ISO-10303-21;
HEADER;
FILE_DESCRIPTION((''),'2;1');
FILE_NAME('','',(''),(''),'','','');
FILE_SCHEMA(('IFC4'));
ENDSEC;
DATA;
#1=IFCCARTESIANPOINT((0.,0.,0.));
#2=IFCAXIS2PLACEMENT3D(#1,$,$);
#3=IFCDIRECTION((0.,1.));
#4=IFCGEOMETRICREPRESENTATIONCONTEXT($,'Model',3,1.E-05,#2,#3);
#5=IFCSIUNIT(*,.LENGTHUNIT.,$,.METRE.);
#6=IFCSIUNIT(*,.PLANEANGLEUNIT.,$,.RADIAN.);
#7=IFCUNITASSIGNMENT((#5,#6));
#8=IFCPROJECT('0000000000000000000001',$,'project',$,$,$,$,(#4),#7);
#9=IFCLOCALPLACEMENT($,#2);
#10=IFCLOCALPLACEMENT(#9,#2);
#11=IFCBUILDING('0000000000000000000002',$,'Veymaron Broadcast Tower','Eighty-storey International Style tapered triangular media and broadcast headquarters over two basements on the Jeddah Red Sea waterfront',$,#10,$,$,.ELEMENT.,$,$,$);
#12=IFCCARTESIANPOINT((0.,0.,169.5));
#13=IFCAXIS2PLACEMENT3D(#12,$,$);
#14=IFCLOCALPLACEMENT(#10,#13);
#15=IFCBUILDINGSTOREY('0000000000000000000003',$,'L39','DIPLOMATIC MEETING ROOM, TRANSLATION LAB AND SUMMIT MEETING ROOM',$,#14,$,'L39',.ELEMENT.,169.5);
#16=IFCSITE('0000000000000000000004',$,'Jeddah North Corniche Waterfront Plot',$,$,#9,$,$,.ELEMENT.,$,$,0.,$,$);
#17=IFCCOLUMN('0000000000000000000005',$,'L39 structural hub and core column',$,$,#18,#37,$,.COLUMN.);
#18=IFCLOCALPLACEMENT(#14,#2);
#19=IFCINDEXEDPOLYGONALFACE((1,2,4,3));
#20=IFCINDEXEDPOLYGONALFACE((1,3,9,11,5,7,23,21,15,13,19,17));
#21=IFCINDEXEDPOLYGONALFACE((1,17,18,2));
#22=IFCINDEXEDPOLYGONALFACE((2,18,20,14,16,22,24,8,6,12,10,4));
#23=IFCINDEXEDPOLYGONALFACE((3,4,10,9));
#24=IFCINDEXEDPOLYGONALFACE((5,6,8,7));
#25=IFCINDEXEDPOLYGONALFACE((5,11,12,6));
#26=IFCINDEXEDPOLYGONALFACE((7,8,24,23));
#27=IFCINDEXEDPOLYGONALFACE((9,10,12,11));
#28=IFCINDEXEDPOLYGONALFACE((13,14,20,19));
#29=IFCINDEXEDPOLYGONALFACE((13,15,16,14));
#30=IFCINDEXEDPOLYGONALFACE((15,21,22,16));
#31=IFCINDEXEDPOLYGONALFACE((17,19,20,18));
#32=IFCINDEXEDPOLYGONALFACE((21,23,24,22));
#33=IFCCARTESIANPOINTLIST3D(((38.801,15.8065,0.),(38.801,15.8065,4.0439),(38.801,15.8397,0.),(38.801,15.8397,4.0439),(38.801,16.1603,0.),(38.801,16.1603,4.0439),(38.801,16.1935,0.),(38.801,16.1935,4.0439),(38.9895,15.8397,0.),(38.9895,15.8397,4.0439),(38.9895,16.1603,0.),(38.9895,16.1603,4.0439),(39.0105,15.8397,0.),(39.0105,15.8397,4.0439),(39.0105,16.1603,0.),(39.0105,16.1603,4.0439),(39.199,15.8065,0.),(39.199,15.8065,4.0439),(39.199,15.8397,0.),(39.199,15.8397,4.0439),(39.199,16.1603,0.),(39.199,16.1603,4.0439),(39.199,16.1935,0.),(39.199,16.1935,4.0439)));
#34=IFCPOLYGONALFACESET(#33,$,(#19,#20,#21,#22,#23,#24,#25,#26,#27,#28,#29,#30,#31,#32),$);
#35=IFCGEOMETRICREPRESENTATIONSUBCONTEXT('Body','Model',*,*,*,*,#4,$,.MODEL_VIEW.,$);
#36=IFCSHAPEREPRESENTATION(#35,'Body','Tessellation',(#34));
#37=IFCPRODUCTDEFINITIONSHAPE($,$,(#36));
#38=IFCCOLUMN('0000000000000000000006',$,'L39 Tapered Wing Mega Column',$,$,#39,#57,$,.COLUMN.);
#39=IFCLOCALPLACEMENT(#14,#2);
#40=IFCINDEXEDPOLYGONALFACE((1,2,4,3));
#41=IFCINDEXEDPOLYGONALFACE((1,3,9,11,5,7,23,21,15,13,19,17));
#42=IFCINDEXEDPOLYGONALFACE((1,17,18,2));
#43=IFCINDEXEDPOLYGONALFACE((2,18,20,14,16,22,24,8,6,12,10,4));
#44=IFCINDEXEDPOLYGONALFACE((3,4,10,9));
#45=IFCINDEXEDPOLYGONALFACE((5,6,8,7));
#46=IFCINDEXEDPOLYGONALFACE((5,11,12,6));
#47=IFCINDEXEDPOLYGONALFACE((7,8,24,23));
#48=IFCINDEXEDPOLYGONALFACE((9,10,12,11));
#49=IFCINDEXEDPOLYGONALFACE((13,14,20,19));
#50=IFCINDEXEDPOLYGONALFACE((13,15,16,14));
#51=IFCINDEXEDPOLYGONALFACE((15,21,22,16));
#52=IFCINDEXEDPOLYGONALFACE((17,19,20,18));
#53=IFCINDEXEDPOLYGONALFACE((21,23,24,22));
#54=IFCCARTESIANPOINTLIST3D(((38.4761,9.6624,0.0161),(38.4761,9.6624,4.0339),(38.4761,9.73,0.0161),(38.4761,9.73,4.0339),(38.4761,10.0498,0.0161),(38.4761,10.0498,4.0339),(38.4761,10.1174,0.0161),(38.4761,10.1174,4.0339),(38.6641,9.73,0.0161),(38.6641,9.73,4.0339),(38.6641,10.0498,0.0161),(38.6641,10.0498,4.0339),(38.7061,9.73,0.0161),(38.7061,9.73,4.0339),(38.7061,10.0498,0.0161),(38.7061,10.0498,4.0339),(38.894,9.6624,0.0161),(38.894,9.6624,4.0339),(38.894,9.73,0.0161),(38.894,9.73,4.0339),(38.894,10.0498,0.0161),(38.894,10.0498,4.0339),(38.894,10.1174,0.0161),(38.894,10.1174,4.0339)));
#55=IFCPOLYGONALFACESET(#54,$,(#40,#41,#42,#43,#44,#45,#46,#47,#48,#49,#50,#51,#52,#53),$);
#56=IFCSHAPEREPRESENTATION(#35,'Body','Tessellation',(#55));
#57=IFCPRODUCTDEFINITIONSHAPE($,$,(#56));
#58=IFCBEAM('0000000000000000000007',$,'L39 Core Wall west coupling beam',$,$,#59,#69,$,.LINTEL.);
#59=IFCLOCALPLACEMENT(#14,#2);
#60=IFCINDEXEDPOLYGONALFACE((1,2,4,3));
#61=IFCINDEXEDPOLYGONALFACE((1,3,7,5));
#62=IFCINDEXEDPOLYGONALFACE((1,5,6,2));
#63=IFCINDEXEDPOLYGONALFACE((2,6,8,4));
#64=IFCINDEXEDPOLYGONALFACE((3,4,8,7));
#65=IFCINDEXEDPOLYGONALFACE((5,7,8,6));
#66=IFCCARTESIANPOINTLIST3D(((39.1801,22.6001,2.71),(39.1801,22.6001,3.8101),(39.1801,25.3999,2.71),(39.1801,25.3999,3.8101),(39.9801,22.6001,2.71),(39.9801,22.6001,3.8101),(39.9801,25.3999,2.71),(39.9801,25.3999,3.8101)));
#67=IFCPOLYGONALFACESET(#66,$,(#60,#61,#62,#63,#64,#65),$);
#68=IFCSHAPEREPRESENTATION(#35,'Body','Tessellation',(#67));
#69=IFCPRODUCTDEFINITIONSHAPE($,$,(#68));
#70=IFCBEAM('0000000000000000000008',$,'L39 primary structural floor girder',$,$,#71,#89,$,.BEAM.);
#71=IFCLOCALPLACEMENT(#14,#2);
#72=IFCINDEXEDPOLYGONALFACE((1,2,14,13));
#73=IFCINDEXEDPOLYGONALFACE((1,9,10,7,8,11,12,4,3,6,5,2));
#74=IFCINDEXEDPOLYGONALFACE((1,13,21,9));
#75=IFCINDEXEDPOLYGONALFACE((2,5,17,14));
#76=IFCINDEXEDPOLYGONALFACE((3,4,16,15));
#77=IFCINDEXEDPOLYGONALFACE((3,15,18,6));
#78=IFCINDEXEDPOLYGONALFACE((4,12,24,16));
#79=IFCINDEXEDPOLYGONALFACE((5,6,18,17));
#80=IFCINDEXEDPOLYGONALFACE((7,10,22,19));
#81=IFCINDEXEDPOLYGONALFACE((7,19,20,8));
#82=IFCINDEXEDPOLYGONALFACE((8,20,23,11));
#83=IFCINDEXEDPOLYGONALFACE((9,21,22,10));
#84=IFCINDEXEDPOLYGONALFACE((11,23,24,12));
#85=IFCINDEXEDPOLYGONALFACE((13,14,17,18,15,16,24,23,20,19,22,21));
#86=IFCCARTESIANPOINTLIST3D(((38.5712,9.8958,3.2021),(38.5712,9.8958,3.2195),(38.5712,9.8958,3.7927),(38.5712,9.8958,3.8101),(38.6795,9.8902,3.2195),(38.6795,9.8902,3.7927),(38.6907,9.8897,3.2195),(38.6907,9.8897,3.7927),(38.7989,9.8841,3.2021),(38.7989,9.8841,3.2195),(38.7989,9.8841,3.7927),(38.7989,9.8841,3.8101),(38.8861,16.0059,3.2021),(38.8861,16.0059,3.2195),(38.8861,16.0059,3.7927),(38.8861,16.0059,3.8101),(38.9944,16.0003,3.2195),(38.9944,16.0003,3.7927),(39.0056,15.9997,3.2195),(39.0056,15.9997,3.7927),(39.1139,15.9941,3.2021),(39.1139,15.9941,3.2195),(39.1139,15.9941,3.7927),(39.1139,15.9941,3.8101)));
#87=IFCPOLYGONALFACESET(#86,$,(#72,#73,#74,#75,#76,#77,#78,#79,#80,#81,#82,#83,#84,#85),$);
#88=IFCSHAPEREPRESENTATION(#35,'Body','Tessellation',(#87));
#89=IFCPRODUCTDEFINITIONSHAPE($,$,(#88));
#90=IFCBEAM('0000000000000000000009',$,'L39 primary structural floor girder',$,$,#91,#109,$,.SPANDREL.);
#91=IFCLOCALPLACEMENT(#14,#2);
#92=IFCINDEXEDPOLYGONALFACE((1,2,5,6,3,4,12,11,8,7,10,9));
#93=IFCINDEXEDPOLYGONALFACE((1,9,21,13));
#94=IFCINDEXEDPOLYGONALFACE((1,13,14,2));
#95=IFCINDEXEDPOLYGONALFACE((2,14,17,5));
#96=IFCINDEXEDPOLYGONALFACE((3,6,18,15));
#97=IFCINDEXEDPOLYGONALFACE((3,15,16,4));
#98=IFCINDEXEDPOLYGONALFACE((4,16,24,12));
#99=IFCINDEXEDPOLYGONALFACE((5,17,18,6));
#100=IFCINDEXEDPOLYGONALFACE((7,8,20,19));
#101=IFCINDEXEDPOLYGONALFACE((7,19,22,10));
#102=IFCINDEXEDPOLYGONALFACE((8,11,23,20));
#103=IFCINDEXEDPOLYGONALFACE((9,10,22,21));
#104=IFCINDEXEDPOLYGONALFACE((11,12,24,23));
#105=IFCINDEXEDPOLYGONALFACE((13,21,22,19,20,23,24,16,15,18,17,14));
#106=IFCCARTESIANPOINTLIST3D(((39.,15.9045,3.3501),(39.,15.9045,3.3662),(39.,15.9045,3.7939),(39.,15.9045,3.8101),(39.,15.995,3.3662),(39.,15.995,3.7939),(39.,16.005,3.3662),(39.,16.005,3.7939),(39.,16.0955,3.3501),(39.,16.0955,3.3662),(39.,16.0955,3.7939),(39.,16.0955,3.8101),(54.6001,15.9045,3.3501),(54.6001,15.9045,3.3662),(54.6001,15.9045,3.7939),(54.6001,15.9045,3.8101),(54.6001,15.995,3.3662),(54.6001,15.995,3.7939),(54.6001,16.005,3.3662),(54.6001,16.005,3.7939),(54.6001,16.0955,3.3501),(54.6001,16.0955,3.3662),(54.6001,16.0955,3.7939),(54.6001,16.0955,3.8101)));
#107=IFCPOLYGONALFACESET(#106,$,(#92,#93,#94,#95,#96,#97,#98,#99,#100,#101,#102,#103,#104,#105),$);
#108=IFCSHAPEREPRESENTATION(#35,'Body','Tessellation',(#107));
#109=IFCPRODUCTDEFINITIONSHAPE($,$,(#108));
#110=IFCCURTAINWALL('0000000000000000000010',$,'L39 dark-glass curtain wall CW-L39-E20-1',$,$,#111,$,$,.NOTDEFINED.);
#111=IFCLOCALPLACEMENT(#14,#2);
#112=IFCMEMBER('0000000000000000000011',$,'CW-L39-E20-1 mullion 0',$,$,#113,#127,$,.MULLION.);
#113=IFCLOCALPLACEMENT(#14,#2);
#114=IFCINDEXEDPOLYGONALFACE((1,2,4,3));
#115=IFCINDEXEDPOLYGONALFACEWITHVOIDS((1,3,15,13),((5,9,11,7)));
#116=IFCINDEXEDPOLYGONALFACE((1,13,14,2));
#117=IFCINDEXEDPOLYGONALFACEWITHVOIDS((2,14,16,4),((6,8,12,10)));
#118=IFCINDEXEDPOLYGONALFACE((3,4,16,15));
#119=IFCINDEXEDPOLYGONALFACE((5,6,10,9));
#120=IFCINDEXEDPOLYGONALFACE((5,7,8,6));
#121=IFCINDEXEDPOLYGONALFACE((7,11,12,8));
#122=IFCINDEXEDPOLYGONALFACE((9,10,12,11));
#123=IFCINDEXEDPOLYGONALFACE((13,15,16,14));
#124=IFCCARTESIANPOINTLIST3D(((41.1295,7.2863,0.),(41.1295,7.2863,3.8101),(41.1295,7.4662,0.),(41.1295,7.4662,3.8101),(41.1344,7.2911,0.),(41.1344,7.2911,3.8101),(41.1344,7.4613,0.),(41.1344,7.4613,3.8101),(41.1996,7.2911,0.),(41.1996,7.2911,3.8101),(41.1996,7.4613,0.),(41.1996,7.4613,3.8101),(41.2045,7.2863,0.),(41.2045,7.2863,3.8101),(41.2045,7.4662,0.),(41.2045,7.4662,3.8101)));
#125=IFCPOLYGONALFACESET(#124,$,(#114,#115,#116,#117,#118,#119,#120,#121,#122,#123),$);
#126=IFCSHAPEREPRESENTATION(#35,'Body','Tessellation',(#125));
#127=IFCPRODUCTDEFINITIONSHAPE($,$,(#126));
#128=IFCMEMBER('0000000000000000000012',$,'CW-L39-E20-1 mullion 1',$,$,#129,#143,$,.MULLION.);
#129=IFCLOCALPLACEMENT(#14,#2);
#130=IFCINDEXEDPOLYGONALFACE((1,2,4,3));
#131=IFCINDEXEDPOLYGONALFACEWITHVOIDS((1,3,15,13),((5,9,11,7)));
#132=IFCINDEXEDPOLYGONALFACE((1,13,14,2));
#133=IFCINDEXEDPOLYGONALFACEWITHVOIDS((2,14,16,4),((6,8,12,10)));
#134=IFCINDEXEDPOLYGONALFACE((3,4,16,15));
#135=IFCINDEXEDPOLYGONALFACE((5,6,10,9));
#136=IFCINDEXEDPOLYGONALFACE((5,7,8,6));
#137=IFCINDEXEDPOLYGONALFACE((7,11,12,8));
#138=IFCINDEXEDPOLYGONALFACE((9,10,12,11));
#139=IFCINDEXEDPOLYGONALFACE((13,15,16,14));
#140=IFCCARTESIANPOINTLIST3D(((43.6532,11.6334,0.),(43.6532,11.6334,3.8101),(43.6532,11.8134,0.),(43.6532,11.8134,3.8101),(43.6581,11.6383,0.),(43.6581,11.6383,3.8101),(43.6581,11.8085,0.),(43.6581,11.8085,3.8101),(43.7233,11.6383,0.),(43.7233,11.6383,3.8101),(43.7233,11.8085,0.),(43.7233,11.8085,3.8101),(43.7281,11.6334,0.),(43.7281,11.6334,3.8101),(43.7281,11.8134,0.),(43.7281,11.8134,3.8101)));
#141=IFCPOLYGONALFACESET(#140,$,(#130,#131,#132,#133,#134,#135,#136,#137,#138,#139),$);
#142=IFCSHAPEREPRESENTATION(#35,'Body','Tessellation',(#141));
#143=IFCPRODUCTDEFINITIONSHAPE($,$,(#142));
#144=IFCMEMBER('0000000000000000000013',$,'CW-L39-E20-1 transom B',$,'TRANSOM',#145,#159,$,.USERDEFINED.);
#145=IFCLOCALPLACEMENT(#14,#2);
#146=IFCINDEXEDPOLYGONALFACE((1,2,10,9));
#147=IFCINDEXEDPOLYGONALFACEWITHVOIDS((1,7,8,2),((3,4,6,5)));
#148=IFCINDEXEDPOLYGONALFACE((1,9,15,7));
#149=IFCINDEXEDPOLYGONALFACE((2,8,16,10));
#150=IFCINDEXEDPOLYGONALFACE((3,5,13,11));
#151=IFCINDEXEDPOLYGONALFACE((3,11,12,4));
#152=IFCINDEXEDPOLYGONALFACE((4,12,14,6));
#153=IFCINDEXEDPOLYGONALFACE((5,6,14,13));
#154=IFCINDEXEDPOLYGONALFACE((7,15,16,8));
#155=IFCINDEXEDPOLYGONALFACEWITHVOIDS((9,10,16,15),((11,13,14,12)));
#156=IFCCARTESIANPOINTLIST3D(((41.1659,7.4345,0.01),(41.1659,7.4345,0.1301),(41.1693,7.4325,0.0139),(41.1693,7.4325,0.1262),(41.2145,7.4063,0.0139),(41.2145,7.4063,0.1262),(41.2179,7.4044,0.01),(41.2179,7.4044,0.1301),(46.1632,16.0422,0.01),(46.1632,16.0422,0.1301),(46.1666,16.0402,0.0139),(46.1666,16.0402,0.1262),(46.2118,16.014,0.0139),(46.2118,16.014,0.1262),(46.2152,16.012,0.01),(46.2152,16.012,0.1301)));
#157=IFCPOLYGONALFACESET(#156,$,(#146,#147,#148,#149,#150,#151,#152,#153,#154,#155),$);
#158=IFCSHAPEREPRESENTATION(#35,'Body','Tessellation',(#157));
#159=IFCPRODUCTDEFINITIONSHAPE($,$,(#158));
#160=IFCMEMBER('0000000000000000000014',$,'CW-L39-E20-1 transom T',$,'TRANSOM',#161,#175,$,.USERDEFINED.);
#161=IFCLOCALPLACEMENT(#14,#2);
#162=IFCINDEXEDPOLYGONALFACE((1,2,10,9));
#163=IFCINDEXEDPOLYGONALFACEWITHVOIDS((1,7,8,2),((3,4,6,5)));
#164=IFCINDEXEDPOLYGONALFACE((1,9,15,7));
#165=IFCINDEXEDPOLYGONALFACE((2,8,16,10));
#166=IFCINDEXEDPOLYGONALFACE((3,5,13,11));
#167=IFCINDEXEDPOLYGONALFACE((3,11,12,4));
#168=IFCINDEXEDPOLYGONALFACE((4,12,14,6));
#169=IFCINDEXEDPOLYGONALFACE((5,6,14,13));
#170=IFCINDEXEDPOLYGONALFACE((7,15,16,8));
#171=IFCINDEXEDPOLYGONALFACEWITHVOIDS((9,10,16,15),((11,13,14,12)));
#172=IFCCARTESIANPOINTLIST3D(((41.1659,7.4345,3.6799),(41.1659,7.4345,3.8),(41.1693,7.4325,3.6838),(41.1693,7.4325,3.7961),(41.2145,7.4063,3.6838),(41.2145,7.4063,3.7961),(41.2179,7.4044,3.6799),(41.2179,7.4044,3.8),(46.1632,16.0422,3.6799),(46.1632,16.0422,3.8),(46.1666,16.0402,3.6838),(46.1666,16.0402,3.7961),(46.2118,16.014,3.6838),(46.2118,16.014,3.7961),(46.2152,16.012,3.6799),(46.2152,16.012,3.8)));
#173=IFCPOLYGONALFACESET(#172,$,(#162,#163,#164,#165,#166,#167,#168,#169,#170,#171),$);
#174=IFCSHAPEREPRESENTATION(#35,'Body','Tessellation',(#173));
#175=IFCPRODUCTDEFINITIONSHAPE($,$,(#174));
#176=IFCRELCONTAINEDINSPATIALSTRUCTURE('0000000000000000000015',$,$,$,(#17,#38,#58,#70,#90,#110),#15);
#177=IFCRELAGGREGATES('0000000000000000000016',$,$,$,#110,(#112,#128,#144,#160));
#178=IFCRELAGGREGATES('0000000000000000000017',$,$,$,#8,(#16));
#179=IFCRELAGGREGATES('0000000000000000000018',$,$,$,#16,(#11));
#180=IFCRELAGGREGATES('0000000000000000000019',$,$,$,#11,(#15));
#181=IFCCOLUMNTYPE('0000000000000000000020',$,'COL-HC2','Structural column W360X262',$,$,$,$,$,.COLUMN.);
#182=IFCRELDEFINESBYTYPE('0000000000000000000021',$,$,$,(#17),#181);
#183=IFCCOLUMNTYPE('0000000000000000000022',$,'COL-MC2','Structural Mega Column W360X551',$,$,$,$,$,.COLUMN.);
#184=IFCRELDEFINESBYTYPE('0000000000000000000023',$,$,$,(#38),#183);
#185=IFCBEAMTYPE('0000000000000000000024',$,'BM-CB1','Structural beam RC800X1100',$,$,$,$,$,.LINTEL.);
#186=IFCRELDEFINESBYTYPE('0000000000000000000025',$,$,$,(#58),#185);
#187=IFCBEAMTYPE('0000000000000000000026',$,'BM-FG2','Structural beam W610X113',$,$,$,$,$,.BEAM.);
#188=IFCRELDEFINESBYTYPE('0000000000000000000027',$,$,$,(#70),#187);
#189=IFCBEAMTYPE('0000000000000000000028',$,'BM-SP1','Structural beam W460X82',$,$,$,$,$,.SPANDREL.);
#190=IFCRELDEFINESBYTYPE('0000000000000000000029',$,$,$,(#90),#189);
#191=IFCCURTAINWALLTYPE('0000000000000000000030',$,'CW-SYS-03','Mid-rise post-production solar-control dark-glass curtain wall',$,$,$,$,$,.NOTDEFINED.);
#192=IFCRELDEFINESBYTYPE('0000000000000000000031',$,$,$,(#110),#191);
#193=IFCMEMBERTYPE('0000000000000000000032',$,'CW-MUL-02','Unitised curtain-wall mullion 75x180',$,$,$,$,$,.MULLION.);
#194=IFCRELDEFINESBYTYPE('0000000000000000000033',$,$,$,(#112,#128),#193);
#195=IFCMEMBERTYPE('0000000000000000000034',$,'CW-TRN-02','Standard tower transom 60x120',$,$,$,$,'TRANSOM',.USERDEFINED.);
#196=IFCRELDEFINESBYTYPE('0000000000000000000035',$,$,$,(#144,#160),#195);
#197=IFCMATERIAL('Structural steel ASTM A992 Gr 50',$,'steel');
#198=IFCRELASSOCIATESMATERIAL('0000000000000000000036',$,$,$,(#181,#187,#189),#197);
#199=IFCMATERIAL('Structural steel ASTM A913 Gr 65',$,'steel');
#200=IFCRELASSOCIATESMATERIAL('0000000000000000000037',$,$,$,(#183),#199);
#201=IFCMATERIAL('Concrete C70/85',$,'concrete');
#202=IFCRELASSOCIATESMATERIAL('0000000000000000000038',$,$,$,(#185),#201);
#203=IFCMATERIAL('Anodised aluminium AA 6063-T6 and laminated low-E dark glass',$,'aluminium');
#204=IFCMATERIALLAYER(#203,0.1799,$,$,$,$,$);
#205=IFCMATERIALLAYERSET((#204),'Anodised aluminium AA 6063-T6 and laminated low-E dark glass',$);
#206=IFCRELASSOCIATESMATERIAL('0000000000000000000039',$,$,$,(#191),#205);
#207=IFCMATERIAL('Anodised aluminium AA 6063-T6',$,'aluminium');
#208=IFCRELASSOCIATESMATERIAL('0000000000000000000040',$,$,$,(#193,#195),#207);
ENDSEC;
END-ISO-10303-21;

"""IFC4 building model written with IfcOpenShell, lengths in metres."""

from ifc_helpers import new_model, si_unit, direction, frame, origin, origin_2d, place, context, subcontext, project, spatial, rectangle, hollow_rectangle, i_section, extrude, material, layer, layer_set, material_profile, profile_set, type_object, element, aggregate, save


model = new_model("IFC4")

# Units and contexts
model_context = context("Model", 3, precision=1e-05, world=origin(), true_north=direction((0.0, 1.0)))
body_context = subcontext(model_context, "Body", "Model", "MODEL_VIEW")
ifc_project = project(units=[si_unit("LENGTHUNIT", "METRE"), si_unit("PLANEANGLEUNIT", "RADIAN")], contexts=[model_context])

# Site, building, storey
site_placement = place(None, origin())
site = spatial("IfcSite", under=ifc_project, at=site_placement, Name="Jeddah North Corniche Waterfront Plot", CompositionType="ELEMENT", RefElevation=0.0)
building_placement = place(site_placement, origin())
building = spatial("IfcBuilding", under=site, at=building_placement, Name="Veymaron Broadcast Tower", Description="Eighty-storey International Style tapered triangular media and broadcast headquarters over two basements on the Jeddah Red Sea waterfront", CompositionType="ELEMENT")
storey_placement = place(building_placement, frame((0.0, 0.0, 169.5)))
storey = spatial("IfcBuildingStorey", under=building, at=storey_placement, Name="L39", Description="DIPLOMATIC MEETING ROOM, TRANSLATION LAB AND SUMMIT MEETING ROOM", LongName="L39", CompositionType="ELEMENT", Elevation=169.5)

# Columns
ifc_material_1 = material(Name="Structural steel ASTM A992 Gr 50", Category="steel")
ifc_material_profile_1 = material_profile(ifc_material_1, i_section(OverallWidth=0.3979, OverallDepth=0.387, WebThickness=0.021, FlangeThickness=0.0332, at=origin_2d()), Name="W360X262")
ifc_profile_set_1 = profile_set([ifc_material_profile_1], Name="Structural steel ASTM A992 Gr 50")
column_type_1 = type_object("IfcColumnType", Name="COL-HC2", Description="Structural column W360X262", PredefinedType="COLUMN", material=ifc_profile_set_1)
column_1_placement = place(storey_placement, frame((39.0, 16.0, 0.0), z_axis=(0.0, 0.0, 1.0), x_axis=(1.0, 0.0, 0.0)))
element("IfcColumn", 1, at=column_1_placement, inside=storey, type_object=column_type_1, Name="L39 structural hub and core column", PredefinedType="COLUMN", context=body_context, shape_type="SweptSolid", body=[
    extrude(i_section(OverallWidth=0.3979, OverallDepth=0.387, WebThickness=0.021, FlangeThickness=0.0332, at=origin_2d()), origin(), (0.0, 0.0, 1.0), 4.0439),
])
ifc_material_2 = material(Name="Structural steel ASTM A913 Gr 65", Category="steel")
ifc_material_profile_2 = material_profile(ifc_material_2, i_section(OverallWidth=0.418, OverallDepth=0.4551, WebThickness=0.042, FlangeThickness=0.0676, at=origin_2d()), Name="W360X551")
ifc_profile_set_2 = profile_set([ifc_material_profile_2], Name="Structural steel ASTM A913 Gr 65")
column_type_2 = type_object("IfcColumnType", Name="COL-MC2", Description="Structural Mega Column W360X551", PredefinedType="COLUMN", material=ifc_profile_set_2)
column_2_placement = place(storey_placement, frame((38.6851, 9.8899, 0.0161), z_axis=(0.0, 0.0, 1.0), x_axis=(1.0, 0.0, 0.0)))
element("IfcColumn", 2, at=column_2_placement, inside=storey, type_object=column_type_2, Name="L39 Tapered Wing Mega Column", PredefinedType="COLUMN", context=body_context, shape_type="SweptSolid", body=[
    extrude(i_section(OverallWidth=0.418, OverallDepth=0.4551, WebThickness=0.042, FlangeThickness=0.0676, at=origin_2d()), origin(), (0.0, 0.0, 1.0), 4.0178),
])

# Beams
ifc_material_3 = material(Name="Concrete C70/85", Category="concrete")
ifc_material_profile_3 = material_profile(ifc_material_3, rectangle(XDim=0.8, YDim=1.1001, at=origin_2d()), Name="RC800X1100")
ifc_profile_set_3 = profile_set([ifc_material_profile_3], Name="Concrete C70/85")
beam_type_1 = type_object("IfcBeamType", Name="BM-CB1", Description="Structural beam RC800X1100", PredefinedType="LINTEL", material=ifc_profile_set_3)
beam_1_placement = place(storey_placement, frame((39.5801, 22.6001, 3.26), z_axis=(0.0, 1.0, 0.0), x_axis=(-1.0, 0.0, 0.0)))
element("IfcBeam", 3, at=beam_1_placement, inside=storey, type_object=beam_type_1, Name="L39 Core Wall west coupling beam", PredefinedType="LINTEL", context=body_context, shape_type="SweptSolid", body=[
    extrude(rectangle(XDim=0.8, YDim=1.1001, at=origin_2d()), origin(), (0.0, 0.0, 1.0), 2.7998),
])
ifc_material_profile_4 = material_profile(ifc_material_1, i_section(OverallWidth=0.228, OverallDepth=0.6079, WebThickness=0.0112, FlangeThickness=0.0173, at=origin_2d()), Name="W610X113")
ifc_profile_set_4 = profile_set([ifc_material_profile_4], Name="Structural steel ASTM A992 Gr 50")
beam_type_2 = type_object("IfcBeamType", Name="BM-FG2", Description="Structural beam W610X113", PredefinedType="BEAM", material=ifc_profile_set_4)
beam_2_placement = place(storey_placement, frame((39.0, 16.0, 3.5061), z_axis=(-0.051476, -0.998674, 0.0), x_axis=(0.998674, -0.051476, 0.0)))
element("IfcBeam", 4, at=beam_2_placement, inside=storey, type_object=beam_type_2, Name="L39 primary structural floor girder", PredefinedType="BEAM", context=body_context, shape_type="SweptSolid", body=[
    extrude(i_section(OverallWidth=0.228, OverallDepth=0.6079, WebThickness=0.0112, FlangeThickness=0.0173, at=origin_2d()), origin(), (0.0, 0.0, 1.0), 6.1182),
])
ifc_material_profile_5 = material_profile(ifc_material_1, i_section(OverallWidth=0.1909, OverallDepth=0.46, WebThickness=0.01, FlangeThickness=0.0161, at=origin_2d()), Name="W460X82")
ifc_profile_set_5 = profile_set([ifc_material_profile_5], Name="Structural steel ASTM A992 Gr 50")
beam_type_3 = type_object("IfcBeamType", Name="BM-SP1", Description="Structural beam W460X82", PredefinedType="SPANDREL", material=ifc_profile_set_5)
beam_3_placement = place(storey_placement, frame((39.0, 16.0, 3.5801), z_axis=(1.0, 0.0, 0.0), x_axis=(0.0, 1.0, 0.0)))
element("IfcBeam", 5, at=beam_3_placement, inside=storey, type_object=beam_type_3, Name="L39 primary structural floor girder", PredefinedType="SPANDREL", context=body_context, shape_type="SweptSolid", body=[
    extrude(i_section(OverallWidth=0.1909, OverallDepth=0.46, WebThickness=0.01, FlangeThickness=0.0161, at=origin_2d()), origin(), (0.0, 0.0, 1.0), 15.6001),
])

# Curtain wall, members
ifc_material_4 = material(Name="Anodised aluminium AA 6063-T6 and laminated low-E dark glass", Category="aluminium")
ifc_layer_1 = layer(ifc_material_4, 0.1799)
ifc_layer_set_1 = layer_set([ifc_layer_1], Name="Anodised aluminium AA 6063-T6 and laminated low-E dark glass")
curtain_wall_type = type_object("IfcCurtainWallType", Name="CW-SYS-03", Description="Mid-rise post-production solar-control dark-glass curtain wall", PredefinedType="NOTDEFINED", material=ifc_layer_set_1)
curtain_wall_placement = place(storey_placement, origin())
curtain_wall = element("IfcCurtainWall", 6, at=curtain_wall_placement, inside=storey, type_object=curtain_wall_type, Name="L39 dark-glass curtain wall CW-L39-E20-1", PredefinedType="NOTDEFINED")
ifc_material_5 = material(Name="Anodised aluminium AA 6063-T6", Category="aluminium")
ifc_material_profile_6 = material_profile(ifc_material_5, hollow_rectangle(XDim=0.075, YDim=0.1799, WallThickness=0.0049, at=origin_2d()), Name="AL180X75X5")
ifc_profile_set_6 = profile_set([ifc_material_profile_6], Name="Anodised aluminium AA 6063-T6")
member_type_1 = type_object("IfcMemberType", Name="CW-MUL-02", Description="Unitised curtain-wall mullion 75x180", PredefinedType="MULLION", material=ifc_profile_set_6)
member_1_placement = place(storey_placement, frame((41.167, 7.3762, 0.0), z_axis=(0.0, 0.0, 1.0), x_axis=(1.0, 0.0, 0.0)))
member_1 = element("IfcMember", 7, at=member_1_placement, type_object=member_type_1, Name="CW-L39-E20-1 mullion 0", PredefinedType="MULLION", context=body_context, shape_type="SweptSolid", body=[
    extrude(hollow_rectangle(XDim=0.075, YDim=0.1799, WallThickness=0.0049, at=origin_2d()), origin(), (0.0, 0.0, 1.0), 3.8101),
])
member_2_placement = place(storey_placement, frame((43.6907, 11.7234, 0.0), z_axis=(0.0, 0.0, 1.0), x_axis=(1.0, 0.0, 0.0)))
member_2 = element("IfcMember", 8, at=member_2_placement, type_object=member_type_1, Name="CW-L39-E20-1 mullion 1", PredefinedType="MULLION", context=body_context, shape_type="SweptSolid", body=[
    extrude(hollow_rectangle(XDim=0.075, YDim=0.1799, WallThickness=0.0049, at=origin_2d()), origin(), (0.0, 0.0, 1.0), 3.8101),
])
ifc_material_profile_7 = material_profile(ifc_material_5, hollow_rectangle(XDim=0.0601, YDim=0.1201, WallThickness=0.0039, at=origin_2d()), Name="AL120X60X4")
ifc_profile_set_7 = profile_set([ifc_material_profile_7], Name="Anodised aluminium AA 6063-T6")
member_type_2 = type_object("IfcMemberType", Name="CW-TRN-02", Description="Standard tower transom 60x120", ElementType="TRANSOM", PredefinedType="USERDEFINED", material=ifc_profile_set_7)
member_3_placement = place(storey_placement, frame((41.1919, 7.4194, 0.0701), z_axis=(0.502084, 0.864819, 0.0), x_axis=(-0.864819, 0.502084, 0.0)))
member_3 = element("IfcMember", 9, at=member_3_placement, type_object=member_type_2, Name="CW-L39-E20-1 transom B", ObjectType="TRANSOM", PredefinedType="USERDEFINED", context=body_context, shape_type="SweptSolid", body=[
    extrude(hollow_rectangle(XDim=0.0601, YDim=0.1201, WallThickness=0.0039, at=origin_2d()), origin(), (0.0, 0.0, 1.0), 9.9531),
])
member_4_placement = place(storey_placement, frame((41.1919, 7.4194, 3.74), z_axis=(0.502084, 0.864819, 0.0), x_axis=(-0.864819, 0.502084, 0.0)))
member_4 = element("IfcMember", 10, at=member_4_placement, type_object=member_type_2, Name="CW-L39-E20-1 transom T", ObjectType="TRANSOM", PredefinedType="USERDEFINED", context=body_context, shape_type="SweptSolid", body=[
    extrude(hollow_rectangle(XDim=0.0601, YDim=0.1201, WallThickness=0.0039, at=origin_2d()), origin(), (0.0, 0.0, 1.0), 9.9531),
])
aggregate(curtain_wall, [member_1, member_2, member_3, member_4])

save(model, "model.ifc")
